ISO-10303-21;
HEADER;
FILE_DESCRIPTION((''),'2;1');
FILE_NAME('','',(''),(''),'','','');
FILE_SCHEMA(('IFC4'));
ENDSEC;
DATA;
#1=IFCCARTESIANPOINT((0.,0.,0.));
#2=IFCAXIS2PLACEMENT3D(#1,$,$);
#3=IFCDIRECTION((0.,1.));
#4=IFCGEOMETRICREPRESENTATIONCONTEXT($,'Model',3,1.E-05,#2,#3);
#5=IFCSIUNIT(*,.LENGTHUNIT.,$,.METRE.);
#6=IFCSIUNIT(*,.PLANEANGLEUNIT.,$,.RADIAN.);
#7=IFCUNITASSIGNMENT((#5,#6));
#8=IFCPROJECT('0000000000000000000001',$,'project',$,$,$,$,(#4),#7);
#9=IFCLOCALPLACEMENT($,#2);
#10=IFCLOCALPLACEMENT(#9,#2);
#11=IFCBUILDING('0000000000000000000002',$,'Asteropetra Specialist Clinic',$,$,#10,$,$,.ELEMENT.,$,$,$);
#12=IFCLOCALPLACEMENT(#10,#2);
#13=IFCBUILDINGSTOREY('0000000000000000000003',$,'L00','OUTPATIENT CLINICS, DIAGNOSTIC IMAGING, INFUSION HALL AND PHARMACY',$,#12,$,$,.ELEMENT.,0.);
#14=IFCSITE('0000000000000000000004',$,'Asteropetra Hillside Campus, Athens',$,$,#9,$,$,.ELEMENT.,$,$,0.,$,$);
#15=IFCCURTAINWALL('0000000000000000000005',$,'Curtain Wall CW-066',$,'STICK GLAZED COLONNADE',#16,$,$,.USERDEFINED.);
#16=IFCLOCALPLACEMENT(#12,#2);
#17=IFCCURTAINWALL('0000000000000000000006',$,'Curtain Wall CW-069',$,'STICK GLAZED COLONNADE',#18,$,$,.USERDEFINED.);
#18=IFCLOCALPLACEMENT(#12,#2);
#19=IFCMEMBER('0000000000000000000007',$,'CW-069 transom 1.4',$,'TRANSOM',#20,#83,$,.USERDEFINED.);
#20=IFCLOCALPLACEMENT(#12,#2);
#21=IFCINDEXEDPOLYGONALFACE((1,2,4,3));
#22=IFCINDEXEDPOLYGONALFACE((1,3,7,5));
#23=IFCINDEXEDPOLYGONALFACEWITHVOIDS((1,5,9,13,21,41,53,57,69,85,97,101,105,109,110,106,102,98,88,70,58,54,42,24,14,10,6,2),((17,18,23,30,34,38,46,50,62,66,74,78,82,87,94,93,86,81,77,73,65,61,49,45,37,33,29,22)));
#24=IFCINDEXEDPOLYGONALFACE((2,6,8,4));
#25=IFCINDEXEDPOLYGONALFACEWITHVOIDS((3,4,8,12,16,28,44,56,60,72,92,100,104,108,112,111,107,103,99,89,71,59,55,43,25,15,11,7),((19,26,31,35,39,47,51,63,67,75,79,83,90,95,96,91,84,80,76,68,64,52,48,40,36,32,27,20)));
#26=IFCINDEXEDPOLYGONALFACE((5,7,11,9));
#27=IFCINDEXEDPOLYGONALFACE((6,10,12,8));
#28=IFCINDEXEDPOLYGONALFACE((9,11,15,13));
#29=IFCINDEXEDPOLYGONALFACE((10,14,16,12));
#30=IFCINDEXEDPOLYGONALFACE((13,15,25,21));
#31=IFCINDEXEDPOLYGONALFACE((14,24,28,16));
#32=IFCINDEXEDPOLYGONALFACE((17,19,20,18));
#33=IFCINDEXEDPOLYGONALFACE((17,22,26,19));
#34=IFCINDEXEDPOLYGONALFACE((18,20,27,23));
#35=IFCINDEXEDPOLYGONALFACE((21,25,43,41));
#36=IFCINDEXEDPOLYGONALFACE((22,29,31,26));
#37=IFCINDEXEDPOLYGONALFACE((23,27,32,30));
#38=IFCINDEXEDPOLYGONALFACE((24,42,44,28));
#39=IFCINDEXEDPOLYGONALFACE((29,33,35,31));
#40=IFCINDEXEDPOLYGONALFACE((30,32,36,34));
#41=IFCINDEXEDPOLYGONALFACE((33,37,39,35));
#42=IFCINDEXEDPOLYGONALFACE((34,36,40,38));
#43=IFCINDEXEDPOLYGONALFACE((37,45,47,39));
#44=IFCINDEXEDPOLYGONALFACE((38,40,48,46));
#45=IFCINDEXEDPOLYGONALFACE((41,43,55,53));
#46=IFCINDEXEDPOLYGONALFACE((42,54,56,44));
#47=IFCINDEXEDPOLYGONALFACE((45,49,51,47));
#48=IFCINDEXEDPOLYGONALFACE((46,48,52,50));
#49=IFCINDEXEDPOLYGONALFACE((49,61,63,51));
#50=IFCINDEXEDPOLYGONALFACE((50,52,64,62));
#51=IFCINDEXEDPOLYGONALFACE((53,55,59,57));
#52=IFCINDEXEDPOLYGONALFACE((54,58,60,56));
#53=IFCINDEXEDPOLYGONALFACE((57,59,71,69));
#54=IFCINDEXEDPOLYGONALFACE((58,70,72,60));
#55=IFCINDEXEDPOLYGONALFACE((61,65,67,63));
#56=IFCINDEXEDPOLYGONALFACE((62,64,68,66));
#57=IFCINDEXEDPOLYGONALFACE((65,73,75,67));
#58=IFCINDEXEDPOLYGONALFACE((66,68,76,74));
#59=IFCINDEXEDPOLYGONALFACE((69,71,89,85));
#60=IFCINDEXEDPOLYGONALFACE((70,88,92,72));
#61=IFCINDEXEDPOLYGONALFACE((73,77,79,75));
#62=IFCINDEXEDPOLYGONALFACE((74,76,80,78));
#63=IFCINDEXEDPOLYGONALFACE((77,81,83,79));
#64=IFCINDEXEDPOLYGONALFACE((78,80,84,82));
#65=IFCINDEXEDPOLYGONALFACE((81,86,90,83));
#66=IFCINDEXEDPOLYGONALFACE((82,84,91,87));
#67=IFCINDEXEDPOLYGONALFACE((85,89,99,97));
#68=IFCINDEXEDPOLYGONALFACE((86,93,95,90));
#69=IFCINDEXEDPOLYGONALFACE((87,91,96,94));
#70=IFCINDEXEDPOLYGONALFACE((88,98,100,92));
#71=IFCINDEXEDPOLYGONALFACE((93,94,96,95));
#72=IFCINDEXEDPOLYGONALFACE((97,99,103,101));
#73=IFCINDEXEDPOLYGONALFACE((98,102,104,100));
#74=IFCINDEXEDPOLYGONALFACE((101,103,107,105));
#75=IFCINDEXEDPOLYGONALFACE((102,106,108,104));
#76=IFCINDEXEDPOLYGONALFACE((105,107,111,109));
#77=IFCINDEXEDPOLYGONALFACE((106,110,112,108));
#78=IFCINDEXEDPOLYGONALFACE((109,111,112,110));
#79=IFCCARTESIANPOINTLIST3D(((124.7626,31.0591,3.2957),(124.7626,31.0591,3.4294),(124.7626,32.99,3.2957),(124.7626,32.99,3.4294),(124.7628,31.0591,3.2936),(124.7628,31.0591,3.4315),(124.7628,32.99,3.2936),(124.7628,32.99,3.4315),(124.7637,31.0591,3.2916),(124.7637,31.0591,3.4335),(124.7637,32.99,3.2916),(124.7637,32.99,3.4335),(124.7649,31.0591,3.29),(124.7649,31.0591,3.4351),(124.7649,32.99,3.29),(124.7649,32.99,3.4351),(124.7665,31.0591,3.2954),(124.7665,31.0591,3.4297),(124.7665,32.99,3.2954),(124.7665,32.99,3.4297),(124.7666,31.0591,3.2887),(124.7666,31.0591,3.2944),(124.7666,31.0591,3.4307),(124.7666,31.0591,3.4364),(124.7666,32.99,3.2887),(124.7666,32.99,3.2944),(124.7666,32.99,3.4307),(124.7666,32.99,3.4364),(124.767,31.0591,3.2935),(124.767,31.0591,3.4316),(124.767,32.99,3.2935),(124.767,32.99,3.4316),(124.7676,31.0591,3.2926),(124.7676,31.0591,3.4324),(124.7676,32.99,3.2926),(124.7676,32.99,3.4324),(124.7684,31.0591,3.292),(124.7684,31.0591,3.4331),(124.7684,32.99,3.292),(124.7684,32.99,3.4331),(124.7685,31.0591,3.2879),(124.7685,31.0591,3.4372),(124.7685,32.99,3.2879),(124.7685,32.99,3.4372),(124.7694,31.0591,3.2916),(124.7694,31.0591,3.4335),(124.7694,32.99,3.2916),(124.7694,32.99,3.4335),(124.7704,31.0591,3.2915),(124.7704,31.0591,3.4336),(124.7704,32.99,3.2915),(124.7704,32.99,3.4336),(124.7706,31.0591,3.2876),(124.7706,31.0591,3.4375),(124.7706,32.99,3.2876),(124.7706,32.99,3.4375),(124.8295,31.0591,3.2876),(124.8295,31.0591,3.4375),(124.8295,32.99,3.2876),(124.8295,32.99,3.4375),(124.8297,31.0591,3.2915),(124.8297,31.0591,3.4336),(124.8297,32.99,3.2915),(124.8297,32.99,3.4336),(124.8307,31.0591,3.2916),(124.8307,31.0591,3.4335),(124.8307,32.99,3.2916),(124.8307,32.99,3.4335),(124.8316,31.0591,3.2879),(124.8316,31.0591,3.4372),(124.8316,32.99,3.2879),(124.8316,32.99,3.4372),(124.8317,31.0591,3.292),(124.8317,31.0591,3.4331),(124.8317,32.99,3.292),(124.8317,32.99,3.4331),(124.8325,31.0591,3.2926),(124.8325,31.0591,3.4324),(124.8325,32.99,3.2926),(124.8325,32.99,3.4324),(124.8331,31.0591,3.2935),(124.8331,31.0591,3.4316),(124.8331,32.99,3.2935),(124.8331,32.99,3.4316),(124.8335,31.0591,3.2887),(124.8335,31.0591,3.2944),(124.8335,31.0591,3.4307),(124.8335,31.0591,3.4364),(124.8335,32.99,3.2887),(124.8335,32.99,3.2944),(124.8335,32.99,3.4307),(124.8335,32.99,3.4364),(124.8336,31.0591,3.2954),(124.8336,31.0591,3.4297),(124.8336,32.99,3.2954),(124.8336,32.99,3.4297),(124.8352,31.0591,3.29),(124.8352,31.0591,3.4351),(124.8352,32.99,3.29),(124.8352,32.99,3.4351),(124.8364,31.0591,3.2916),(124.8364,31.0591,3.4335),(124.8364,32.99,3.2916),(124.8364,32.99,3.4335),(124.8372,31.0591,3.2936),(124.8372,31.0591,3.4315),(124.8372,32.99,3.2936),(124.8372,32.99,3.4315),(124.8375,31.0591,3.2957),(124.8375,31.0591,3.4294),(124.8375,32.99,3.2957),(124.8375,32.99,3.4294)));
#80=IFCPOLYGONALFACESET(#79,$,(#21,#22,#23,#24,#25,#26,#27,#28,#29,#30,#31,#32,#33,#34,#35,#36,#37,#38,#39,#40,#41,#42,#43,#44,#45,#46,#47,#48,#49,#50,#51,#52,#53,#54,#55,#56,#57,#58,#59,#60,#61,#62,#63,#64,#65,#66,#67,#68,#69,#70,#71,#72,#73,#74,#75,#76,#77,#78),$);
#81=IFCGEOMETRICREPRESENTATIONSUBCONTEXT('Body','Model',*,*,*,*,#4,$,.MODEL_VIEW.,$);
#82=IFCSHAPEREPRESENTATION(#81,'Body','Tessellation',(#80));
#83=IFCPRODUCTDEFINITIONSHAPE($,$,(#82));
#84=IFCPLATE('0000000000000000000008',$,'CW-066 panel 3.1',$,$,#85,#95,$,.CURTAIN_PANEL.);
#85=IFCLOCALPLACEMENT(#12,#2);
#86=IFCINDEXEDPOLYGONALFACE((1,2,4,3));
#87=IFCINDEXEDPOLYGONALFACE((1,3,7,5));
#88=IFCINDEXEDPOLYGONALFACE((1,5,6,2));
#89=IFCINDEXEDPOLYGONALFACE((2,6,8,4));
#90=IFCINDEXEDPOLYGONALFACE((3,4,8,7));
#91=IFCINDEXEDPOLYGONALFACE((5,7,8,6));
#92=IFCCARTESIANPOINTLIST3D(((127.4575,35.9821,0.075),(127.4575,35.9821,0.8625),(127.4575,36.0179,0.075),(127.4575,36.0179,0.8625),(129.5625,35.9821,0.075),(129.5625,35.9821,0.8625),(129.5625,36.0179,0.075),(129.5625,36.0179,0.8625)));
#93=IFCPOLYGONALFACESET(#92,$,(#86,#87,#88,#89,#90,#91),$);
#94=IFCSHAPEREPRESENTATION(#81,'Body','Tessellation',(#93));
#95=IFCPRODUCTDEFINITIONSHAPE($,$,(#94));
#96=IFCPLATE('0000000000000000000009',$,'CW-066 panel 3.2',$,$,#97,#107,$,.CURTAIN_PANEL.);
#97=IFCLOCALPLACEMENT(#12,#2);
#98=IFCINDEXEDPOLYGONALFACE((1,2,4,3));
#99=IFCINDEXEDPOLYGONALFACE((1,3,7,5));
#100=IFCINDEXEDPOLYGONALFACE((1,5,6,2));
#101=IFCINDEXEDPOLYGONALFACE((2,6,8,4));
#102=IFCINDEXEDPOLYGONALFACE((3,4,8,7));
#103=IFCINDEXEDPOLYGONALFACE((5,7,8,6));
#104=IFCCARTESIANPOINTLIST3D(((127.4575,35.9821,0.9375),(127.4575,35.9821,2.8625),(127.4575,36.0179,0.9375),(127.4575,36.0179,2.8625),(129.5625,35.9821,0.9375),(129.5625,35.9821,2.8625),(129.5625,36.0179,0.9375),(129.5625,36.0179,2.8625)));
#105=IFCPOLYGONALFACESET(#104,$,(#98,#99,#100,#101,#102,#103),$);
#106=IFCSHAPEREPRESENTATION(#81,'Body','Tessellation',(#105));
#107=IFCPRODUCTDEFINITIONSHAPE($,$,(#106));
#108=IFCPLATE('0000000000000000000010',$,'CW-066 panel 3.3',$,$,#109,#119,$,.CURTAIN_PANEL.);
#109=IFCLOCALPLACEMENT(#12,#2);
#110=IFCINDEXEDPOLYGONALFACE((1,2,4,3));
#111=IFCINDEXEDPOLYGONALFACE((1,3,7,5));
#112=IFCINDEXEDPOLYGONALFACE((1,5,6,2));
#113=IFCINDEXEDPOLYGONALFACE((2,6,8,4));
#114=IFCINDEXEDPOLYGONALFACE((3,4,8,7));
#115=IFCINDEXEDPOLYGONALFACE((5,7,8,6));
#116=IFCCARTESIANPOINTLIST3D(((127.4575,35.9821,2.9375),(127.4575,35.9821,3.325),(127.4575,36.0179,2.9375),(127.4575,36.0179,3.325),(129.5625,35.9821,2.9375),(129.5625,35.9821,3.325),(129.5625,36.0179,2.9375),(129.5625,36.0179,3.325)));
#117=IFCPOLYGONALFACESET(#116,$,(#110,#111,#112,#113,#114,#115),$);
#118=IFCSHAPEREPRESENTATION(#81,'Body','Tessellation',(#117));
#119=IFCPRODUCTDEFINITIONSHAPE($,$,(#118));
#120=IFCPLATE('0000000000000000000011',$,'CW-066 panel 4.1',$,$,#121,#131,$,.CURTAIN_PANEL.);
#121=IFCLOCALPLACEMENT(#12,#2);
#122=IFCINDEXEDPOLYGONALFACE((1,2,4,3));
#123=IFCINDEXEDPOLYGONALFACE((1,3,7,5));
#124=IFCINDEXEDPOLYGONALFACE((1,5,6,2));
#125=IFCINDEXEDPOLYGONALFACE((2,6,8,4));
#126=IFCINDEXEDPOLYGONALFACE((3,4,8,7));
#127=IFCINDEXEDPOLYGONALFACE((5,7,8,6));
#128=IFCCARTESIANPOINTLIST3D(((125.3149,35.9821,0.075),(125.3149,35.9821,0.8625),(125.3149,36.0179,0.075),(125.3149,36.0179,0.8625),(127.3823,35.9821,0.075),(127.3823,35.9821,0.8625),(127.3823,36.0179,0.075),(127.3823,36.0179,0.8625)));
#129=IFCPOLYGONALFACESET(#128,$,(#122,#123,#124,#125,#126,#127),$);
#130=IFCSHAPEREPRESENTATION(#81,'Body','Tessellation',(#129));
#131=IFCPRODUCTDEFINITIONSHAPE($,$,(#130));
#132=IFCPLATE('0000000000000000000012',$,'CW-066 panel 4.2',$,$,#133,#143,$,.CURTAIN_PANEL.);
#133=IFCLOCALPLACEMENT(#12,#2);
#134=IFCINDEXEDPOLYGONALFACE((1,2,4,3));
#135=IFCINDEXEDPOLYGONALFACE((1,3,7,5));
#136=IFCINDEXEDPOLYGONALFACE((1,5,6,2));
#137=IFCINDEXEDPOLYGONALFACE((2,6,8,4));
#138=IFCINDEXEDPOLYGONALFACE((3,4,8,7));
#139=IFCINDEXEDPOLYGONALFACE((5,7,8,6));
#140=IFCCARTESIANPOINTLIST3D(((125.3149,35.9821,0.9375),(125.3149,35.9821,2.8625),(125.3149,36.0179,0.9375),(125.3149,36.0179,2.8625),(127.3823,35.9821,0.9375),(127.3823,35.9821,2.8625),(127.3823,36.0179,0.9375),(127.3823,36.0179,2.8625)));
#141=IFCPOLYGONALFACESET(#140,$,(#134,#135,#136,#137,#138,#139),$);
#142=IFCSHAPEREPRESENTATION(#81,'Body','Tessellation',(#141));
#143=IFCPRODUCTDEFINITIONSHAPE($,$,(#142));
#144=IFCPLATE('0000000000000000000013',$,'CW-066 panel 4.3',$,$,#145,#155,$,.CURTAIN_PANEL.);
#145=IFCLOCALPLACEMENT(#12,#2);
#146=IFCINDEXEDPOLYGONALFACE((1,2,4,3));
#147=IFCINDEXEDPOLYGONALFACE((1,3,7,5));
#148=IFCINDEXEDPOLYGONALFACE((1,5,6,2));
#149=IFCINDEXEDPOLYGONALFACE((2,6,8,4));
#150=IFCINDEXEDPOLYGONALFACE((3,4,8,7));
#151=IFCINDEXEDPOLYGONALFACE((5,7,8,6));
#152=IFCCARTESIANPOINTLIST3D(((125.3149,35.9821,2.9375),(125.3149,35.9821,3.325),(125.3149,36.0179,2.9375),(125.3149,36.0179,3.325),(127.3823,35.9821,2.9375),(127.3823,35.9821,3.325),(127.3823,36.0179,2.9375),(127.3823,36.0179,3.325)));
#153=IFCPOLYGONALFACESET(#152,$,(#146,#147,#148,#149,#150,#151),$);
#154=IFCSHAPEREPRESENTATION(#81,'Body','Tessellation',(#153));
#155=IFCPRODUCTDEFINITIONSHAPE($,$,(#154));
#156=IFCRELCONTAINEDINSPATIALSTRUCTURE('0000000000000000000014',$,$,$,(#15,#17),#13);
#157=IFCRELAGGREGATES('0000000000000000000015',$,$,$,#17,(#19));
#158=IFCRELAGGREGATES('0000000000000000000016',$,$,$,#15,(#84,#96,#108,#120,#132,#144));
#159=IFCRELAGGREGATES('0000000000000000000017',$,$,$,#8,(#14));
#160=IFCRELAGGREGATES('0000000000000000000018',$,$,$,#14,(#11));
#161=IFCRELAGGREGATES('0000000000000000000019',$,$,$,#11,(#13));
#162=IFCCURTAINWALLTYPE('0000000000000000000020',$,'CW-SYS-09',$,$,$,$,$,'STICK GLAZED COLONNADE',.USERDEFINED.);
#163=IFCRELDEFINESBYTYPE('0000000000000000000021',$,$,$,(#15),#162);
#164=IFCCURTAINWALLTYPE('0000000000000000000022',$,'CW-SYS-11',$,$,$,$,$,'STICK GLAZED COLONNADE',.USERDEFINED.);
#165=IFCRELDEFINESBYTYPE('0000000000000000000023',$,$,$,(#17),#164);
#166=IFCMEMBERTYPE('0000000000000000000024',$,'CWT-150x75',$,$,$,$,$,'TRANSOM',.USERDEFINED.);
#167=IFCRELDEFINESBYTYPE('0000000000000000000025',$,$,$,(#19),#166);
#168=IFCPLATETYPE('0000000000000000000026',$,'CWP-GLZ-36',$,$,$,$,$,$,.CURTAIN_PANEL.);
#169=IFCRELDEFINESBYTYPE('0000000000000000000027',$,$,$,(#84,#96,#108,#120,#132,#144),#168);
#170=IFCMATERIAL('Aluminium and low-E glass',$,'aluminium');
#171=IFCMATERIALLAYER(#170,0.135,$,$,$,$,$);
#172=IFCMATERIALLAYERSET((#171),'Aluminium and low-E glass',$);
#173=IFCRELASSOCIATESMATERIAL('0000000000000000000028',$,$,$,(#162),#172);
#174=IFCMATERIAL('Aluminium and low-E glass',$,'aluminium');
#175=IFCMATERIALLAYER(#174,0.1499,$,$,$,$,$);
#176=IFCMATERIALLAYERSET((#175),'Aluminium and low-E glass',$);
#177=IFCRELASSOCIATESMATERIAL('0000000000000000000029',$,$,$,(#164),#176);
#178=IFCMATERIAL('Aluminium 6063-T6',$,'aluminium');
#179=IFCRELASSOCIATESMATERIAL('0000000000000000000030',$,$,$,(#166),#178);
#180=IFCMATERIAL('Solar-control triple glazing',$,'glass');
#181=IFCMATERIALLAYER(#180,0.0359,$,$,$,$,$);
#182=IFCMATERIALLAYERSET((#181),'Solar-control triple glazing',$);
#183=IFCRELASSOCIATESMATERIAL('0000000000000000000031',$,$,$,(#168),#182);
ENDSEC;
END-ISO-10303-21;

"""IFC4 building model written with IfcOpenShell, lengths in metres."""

from ifc_helpers import new_model, si_unit, direction, frame, origin, origin_2d, place, context, subcontext, project, spatial, rectangle, hollow_rectangle, extrude, material, layer, layer_set, material_profile, profile_set, type_object, element, aggregate, save


model = new_model("IFC4")

# Units and contexts
model_context = context("Model", 3, precision=1e-05, world=origin(), true_north=direction((0.0, 1.0)))
body_context = subcontext(model_context, "Body", "Model", "MODEL_VIEW")
ifc_project = project(units=[si_unit("LENGTHUNIT", "METRE"), si_unit("PLANEANGLEUNIT", "RADIAN")], contexts=[model_context])

# Site, building, storey
site_placement = place(None, origin())
site = spatial("IfcSite", under=ifc_project, at=site_placement, Name="Asteropetra Hillside Campus, Athens", CompositionType="ELEMENT", RefElevation=0.0)
building_placement = place(site_placement, origin())
building = spatial("IfcBuilding", under=site, at=building_placement, Name="Asteropetra Specialist Clinic", CompositionType="ELEMENT")
storey_placement = place(building_placement, origin())
storey = spatial("IfcBuildingStorey", under=building, at=storey_placement, Name="L00", Description="OUTPATIENT CLINICS, DIAGNOSTIC IMAGING, INFUSION HALL AND PHARMACY", CompositionType="ELEMENT", Elevation=0.0)

# Curtain wall
ifc_material_1 = material(Name="Aluminium and low-E glass", Category="aluminium")
ifc_layer_1 = layer(ifc_material_1, 0.135)
ifc_layer_set_1 = layer_set([ifc_layer_1], Name="Aluminium and low-E glass")
curtain_wall_type_1 = type_object("IfcCurtainWallType", Name="CW-SYS-09", ElementType="STICK GLAZED COLONNADE", PredefinedType="USERDEFINED", material=ifc_layer_set_1)
curtain_wall_1_placement = place(storey_placement, origin())
curtain_wall_1 = element("IfcCurtainWall", 1, at=curtain_wall_1_placement, inside=storey, type_object=curtain_wall_type_1, Name="Curtain Wall CW-066", ObjectType="STICK GLAZED COLONNADE", PredefinedType="USERDEFINED")

# Curtain wall
ifc_material_2 = material(Name="Aluminium and low-E glass", Category="aluminium")
ifc_layer_2 = layer(ifc_material_2, 0.1499)
ifc_layer_set_2 = layer_set([ifc_layer_2], Name="Aluminium and low-E glass")
curtain_wall_type_2 = type_object("IfcCurtainWallType", Name="CW-SYS-11", ElementType="STICK GLAZED COLONNADE", PredefinedType="USERDEFINED", material=ifc_layer_set_2)
curtain_wall_2_placement = place(storey_placement, origin())
curtain_wall_2 = element("IfcCurtainWall", 2, at=curtain_wall_2_placement, inside=storey, type_object=curtain_wall_type_2, Name="Curtain Wall CW-069", ObjectType="STICK GLAZED COLONNADE", PredefinedType="USERDEFINED")

# Member
ifc_material_3 = material(Name="Aluminium 6063-T6", Category="aluminium")
ifc_material_profile_1 = material_profile(ifc_material_3, hollow_rectangle(XDim=0.075, YDim=0.1499, WallThickness=0.0039, InnerFilletRadius=0.0039, OuterFilletRadius=0.0081, at=origin_2d()), Name="TRN 150x75x4.0")
ifc_profile_set_1 = profile_set([ifc_material_profile_1], Name="Aluminium 6063-T6")
member_type_1 = type_object("IfcMemberType", Name="CWT-150x75", ElementType="TRANSOM", PredefinedType="USERDEFINED", material=ifc_profile_set_1)
member_1_placement = place(storey_placement, frame((124.8, 32.99, 3.3625), z_axis=(0.0, -1.0, 0.0), x_axis=(1.0, 0.0, 0.0)))
member_1 = element("IfcMember", 3, at=member_1_placement, type_object=member_type_1, Name="CW-069 transom 1.4", ObjectType="TRANSOM", PredefinedType="USERDEFINED", context=body_context, shape_type="SweptSolid", body=[
    extrude(hollow_rectangle(XDim=0.075, YDim=0.1499, WallThickness=0.0039, InnerFilletRadius=0.0039, OuterFilletRadius=0.0081, at=origin_2d()), origin(), (0.0, 0.0, 1.0), 1.9309),
])
aggregate(curtain_wall_2, [member_1])

# Plates
ifc_material_4 = material(Name="Solar-control triple glazing", Category="glass")
ifc_layer_3 = layer(ifc_material_4, 0.0359)
ifc_layer_set_3 = layer_set([ifc_layer_3], Name="Solar-control triple glazing")
plate_type = type_object("IfcPlateType", Name="CWP-GLZ-36", PredefinedType="CURTAIN_PANEL", material=ifc_layer_set_3)
plate_1_placement = place(storey_placement, frame((128.51, 36.0, 0.075), z_axis=(0.0, 0.0, 1.0), x_axis=(-1.0, 0.0, 0.0)))
plate_1 = element("IfcPlate", 4, at=plate_1_placement, type_object=plate_type, Name="CW-066 panel 3.1", PredefinedType="CURTAIN_PANEL", context=body_context, shape_type="SweptSolid", body=[
    extrude(rectangle(XDim=2.105, YDim=0.0359, at=origin_2d()), origin(), (0.0, 0.0, 1.0), 0.7876),
])
plate_2_placement = place(storey_placement, frame((128.51, 36.0, 0.9375), z_axis=(0.0, 0.0, 1.0), x_axis=(-1.0, 0.0, 0.0)))
plate_2 = element("IfcPlate", 5, at=plate_2_placement, type_object=plate_type, Name="CW-066 panel 3.2", PredefinedType="CURTAIN_PANEL", context=body_context, shape_type="SweptSolid", body=[
    extrude(rectangle(XDim=2.105, YDim=0.0359, at=origin_2d()), origin(), (0.0, 0.0, 1.0), 1.925),
])
plate_3_placement = place(storey_placement, frame((128.51, 36.0, 2.9375), z_axis=(0.0, 0.0, 1.0), x_axis=(-1.0, 0.0, 0.0)))
plate_3 = element("IfcPlate", 6, at=plate_3_placement, type_object=plate_type, Name="CW-066 panel 3.3", PredefinedType="CURTAIN_PANEL", context=body_context, shape_type="SweptSolid", body=[
    extrude(rectangle(XDim=2.105, YDim=0.0359, at=origin_2d()), origin(), (0.0, 0.0, 1.0), 0.3875),
])
plate_4_placement = place(storey_placement, frame((126.3486, 36.0, 0.075), z_axis=(0.0, 0.0, 1.0), x_axis=(-1.0, 0.0, 0.0)))
plate_4 = element("IfcPlate", 7, at=plate_4_placement, type_object=plate_type, Name="CW-066 panel 4.1", PredefinedType="CURTAIN_PANEL", context=body_context, shape_type="SweptSolid", body=[
    extrude(rectangle(XDim=2.0674, YDim=0.0359, at=origin_2d()), origin(), (0.0, 0.0, 1.0), 0.7876),
])
plate_5_placement = place(storey_placement, frame((126.3486, 36.0, 0.9375), z_axis=(0.0, 0.0, 1.0), x_axis=(-1.0, 0.0, 0.0)))
plate_5 = element("IfcPlate", 8, at=plate_5_placement, type_object=plate_type, Name="CW-066 panel 4.2", PredefinedType="CURTAIN_PANEL", context=body_context, shape_type="SweptSolid", body=[
    extrude(rectangle(XDim=2.0674, YDim=0.0359, at=origin_2d()), origin(), (0.0, 0.0, 1.0), 1.925),
])
plate_6_placement = place(storey_placement, frame((126.3486, 36.0, 2.9375), z_axis=(0.0, 0.0, 1.0), x_axis=(-1.0, 0.0, 0.0)))
plate_6 = element("IfcPlate", 9, at=plate_6_placement, type_object=plate_type, Name="CW-066 panel 4.3", PredefinedType="CURTAIN_PANEL", context=body_context, shape_type="SweptSolid", body=[
    extrude(rectangle(XDim=2.0674, YDim=0.0359, at=origin_2d()), origin(), (0.0, 0.0, 1.0), 0.3875),
])
aggregate(curtain_wall_1, [plate_1, plate_2, plate_3, plate_4, plate_5, plate_6])

save(model, "model.ifc")
